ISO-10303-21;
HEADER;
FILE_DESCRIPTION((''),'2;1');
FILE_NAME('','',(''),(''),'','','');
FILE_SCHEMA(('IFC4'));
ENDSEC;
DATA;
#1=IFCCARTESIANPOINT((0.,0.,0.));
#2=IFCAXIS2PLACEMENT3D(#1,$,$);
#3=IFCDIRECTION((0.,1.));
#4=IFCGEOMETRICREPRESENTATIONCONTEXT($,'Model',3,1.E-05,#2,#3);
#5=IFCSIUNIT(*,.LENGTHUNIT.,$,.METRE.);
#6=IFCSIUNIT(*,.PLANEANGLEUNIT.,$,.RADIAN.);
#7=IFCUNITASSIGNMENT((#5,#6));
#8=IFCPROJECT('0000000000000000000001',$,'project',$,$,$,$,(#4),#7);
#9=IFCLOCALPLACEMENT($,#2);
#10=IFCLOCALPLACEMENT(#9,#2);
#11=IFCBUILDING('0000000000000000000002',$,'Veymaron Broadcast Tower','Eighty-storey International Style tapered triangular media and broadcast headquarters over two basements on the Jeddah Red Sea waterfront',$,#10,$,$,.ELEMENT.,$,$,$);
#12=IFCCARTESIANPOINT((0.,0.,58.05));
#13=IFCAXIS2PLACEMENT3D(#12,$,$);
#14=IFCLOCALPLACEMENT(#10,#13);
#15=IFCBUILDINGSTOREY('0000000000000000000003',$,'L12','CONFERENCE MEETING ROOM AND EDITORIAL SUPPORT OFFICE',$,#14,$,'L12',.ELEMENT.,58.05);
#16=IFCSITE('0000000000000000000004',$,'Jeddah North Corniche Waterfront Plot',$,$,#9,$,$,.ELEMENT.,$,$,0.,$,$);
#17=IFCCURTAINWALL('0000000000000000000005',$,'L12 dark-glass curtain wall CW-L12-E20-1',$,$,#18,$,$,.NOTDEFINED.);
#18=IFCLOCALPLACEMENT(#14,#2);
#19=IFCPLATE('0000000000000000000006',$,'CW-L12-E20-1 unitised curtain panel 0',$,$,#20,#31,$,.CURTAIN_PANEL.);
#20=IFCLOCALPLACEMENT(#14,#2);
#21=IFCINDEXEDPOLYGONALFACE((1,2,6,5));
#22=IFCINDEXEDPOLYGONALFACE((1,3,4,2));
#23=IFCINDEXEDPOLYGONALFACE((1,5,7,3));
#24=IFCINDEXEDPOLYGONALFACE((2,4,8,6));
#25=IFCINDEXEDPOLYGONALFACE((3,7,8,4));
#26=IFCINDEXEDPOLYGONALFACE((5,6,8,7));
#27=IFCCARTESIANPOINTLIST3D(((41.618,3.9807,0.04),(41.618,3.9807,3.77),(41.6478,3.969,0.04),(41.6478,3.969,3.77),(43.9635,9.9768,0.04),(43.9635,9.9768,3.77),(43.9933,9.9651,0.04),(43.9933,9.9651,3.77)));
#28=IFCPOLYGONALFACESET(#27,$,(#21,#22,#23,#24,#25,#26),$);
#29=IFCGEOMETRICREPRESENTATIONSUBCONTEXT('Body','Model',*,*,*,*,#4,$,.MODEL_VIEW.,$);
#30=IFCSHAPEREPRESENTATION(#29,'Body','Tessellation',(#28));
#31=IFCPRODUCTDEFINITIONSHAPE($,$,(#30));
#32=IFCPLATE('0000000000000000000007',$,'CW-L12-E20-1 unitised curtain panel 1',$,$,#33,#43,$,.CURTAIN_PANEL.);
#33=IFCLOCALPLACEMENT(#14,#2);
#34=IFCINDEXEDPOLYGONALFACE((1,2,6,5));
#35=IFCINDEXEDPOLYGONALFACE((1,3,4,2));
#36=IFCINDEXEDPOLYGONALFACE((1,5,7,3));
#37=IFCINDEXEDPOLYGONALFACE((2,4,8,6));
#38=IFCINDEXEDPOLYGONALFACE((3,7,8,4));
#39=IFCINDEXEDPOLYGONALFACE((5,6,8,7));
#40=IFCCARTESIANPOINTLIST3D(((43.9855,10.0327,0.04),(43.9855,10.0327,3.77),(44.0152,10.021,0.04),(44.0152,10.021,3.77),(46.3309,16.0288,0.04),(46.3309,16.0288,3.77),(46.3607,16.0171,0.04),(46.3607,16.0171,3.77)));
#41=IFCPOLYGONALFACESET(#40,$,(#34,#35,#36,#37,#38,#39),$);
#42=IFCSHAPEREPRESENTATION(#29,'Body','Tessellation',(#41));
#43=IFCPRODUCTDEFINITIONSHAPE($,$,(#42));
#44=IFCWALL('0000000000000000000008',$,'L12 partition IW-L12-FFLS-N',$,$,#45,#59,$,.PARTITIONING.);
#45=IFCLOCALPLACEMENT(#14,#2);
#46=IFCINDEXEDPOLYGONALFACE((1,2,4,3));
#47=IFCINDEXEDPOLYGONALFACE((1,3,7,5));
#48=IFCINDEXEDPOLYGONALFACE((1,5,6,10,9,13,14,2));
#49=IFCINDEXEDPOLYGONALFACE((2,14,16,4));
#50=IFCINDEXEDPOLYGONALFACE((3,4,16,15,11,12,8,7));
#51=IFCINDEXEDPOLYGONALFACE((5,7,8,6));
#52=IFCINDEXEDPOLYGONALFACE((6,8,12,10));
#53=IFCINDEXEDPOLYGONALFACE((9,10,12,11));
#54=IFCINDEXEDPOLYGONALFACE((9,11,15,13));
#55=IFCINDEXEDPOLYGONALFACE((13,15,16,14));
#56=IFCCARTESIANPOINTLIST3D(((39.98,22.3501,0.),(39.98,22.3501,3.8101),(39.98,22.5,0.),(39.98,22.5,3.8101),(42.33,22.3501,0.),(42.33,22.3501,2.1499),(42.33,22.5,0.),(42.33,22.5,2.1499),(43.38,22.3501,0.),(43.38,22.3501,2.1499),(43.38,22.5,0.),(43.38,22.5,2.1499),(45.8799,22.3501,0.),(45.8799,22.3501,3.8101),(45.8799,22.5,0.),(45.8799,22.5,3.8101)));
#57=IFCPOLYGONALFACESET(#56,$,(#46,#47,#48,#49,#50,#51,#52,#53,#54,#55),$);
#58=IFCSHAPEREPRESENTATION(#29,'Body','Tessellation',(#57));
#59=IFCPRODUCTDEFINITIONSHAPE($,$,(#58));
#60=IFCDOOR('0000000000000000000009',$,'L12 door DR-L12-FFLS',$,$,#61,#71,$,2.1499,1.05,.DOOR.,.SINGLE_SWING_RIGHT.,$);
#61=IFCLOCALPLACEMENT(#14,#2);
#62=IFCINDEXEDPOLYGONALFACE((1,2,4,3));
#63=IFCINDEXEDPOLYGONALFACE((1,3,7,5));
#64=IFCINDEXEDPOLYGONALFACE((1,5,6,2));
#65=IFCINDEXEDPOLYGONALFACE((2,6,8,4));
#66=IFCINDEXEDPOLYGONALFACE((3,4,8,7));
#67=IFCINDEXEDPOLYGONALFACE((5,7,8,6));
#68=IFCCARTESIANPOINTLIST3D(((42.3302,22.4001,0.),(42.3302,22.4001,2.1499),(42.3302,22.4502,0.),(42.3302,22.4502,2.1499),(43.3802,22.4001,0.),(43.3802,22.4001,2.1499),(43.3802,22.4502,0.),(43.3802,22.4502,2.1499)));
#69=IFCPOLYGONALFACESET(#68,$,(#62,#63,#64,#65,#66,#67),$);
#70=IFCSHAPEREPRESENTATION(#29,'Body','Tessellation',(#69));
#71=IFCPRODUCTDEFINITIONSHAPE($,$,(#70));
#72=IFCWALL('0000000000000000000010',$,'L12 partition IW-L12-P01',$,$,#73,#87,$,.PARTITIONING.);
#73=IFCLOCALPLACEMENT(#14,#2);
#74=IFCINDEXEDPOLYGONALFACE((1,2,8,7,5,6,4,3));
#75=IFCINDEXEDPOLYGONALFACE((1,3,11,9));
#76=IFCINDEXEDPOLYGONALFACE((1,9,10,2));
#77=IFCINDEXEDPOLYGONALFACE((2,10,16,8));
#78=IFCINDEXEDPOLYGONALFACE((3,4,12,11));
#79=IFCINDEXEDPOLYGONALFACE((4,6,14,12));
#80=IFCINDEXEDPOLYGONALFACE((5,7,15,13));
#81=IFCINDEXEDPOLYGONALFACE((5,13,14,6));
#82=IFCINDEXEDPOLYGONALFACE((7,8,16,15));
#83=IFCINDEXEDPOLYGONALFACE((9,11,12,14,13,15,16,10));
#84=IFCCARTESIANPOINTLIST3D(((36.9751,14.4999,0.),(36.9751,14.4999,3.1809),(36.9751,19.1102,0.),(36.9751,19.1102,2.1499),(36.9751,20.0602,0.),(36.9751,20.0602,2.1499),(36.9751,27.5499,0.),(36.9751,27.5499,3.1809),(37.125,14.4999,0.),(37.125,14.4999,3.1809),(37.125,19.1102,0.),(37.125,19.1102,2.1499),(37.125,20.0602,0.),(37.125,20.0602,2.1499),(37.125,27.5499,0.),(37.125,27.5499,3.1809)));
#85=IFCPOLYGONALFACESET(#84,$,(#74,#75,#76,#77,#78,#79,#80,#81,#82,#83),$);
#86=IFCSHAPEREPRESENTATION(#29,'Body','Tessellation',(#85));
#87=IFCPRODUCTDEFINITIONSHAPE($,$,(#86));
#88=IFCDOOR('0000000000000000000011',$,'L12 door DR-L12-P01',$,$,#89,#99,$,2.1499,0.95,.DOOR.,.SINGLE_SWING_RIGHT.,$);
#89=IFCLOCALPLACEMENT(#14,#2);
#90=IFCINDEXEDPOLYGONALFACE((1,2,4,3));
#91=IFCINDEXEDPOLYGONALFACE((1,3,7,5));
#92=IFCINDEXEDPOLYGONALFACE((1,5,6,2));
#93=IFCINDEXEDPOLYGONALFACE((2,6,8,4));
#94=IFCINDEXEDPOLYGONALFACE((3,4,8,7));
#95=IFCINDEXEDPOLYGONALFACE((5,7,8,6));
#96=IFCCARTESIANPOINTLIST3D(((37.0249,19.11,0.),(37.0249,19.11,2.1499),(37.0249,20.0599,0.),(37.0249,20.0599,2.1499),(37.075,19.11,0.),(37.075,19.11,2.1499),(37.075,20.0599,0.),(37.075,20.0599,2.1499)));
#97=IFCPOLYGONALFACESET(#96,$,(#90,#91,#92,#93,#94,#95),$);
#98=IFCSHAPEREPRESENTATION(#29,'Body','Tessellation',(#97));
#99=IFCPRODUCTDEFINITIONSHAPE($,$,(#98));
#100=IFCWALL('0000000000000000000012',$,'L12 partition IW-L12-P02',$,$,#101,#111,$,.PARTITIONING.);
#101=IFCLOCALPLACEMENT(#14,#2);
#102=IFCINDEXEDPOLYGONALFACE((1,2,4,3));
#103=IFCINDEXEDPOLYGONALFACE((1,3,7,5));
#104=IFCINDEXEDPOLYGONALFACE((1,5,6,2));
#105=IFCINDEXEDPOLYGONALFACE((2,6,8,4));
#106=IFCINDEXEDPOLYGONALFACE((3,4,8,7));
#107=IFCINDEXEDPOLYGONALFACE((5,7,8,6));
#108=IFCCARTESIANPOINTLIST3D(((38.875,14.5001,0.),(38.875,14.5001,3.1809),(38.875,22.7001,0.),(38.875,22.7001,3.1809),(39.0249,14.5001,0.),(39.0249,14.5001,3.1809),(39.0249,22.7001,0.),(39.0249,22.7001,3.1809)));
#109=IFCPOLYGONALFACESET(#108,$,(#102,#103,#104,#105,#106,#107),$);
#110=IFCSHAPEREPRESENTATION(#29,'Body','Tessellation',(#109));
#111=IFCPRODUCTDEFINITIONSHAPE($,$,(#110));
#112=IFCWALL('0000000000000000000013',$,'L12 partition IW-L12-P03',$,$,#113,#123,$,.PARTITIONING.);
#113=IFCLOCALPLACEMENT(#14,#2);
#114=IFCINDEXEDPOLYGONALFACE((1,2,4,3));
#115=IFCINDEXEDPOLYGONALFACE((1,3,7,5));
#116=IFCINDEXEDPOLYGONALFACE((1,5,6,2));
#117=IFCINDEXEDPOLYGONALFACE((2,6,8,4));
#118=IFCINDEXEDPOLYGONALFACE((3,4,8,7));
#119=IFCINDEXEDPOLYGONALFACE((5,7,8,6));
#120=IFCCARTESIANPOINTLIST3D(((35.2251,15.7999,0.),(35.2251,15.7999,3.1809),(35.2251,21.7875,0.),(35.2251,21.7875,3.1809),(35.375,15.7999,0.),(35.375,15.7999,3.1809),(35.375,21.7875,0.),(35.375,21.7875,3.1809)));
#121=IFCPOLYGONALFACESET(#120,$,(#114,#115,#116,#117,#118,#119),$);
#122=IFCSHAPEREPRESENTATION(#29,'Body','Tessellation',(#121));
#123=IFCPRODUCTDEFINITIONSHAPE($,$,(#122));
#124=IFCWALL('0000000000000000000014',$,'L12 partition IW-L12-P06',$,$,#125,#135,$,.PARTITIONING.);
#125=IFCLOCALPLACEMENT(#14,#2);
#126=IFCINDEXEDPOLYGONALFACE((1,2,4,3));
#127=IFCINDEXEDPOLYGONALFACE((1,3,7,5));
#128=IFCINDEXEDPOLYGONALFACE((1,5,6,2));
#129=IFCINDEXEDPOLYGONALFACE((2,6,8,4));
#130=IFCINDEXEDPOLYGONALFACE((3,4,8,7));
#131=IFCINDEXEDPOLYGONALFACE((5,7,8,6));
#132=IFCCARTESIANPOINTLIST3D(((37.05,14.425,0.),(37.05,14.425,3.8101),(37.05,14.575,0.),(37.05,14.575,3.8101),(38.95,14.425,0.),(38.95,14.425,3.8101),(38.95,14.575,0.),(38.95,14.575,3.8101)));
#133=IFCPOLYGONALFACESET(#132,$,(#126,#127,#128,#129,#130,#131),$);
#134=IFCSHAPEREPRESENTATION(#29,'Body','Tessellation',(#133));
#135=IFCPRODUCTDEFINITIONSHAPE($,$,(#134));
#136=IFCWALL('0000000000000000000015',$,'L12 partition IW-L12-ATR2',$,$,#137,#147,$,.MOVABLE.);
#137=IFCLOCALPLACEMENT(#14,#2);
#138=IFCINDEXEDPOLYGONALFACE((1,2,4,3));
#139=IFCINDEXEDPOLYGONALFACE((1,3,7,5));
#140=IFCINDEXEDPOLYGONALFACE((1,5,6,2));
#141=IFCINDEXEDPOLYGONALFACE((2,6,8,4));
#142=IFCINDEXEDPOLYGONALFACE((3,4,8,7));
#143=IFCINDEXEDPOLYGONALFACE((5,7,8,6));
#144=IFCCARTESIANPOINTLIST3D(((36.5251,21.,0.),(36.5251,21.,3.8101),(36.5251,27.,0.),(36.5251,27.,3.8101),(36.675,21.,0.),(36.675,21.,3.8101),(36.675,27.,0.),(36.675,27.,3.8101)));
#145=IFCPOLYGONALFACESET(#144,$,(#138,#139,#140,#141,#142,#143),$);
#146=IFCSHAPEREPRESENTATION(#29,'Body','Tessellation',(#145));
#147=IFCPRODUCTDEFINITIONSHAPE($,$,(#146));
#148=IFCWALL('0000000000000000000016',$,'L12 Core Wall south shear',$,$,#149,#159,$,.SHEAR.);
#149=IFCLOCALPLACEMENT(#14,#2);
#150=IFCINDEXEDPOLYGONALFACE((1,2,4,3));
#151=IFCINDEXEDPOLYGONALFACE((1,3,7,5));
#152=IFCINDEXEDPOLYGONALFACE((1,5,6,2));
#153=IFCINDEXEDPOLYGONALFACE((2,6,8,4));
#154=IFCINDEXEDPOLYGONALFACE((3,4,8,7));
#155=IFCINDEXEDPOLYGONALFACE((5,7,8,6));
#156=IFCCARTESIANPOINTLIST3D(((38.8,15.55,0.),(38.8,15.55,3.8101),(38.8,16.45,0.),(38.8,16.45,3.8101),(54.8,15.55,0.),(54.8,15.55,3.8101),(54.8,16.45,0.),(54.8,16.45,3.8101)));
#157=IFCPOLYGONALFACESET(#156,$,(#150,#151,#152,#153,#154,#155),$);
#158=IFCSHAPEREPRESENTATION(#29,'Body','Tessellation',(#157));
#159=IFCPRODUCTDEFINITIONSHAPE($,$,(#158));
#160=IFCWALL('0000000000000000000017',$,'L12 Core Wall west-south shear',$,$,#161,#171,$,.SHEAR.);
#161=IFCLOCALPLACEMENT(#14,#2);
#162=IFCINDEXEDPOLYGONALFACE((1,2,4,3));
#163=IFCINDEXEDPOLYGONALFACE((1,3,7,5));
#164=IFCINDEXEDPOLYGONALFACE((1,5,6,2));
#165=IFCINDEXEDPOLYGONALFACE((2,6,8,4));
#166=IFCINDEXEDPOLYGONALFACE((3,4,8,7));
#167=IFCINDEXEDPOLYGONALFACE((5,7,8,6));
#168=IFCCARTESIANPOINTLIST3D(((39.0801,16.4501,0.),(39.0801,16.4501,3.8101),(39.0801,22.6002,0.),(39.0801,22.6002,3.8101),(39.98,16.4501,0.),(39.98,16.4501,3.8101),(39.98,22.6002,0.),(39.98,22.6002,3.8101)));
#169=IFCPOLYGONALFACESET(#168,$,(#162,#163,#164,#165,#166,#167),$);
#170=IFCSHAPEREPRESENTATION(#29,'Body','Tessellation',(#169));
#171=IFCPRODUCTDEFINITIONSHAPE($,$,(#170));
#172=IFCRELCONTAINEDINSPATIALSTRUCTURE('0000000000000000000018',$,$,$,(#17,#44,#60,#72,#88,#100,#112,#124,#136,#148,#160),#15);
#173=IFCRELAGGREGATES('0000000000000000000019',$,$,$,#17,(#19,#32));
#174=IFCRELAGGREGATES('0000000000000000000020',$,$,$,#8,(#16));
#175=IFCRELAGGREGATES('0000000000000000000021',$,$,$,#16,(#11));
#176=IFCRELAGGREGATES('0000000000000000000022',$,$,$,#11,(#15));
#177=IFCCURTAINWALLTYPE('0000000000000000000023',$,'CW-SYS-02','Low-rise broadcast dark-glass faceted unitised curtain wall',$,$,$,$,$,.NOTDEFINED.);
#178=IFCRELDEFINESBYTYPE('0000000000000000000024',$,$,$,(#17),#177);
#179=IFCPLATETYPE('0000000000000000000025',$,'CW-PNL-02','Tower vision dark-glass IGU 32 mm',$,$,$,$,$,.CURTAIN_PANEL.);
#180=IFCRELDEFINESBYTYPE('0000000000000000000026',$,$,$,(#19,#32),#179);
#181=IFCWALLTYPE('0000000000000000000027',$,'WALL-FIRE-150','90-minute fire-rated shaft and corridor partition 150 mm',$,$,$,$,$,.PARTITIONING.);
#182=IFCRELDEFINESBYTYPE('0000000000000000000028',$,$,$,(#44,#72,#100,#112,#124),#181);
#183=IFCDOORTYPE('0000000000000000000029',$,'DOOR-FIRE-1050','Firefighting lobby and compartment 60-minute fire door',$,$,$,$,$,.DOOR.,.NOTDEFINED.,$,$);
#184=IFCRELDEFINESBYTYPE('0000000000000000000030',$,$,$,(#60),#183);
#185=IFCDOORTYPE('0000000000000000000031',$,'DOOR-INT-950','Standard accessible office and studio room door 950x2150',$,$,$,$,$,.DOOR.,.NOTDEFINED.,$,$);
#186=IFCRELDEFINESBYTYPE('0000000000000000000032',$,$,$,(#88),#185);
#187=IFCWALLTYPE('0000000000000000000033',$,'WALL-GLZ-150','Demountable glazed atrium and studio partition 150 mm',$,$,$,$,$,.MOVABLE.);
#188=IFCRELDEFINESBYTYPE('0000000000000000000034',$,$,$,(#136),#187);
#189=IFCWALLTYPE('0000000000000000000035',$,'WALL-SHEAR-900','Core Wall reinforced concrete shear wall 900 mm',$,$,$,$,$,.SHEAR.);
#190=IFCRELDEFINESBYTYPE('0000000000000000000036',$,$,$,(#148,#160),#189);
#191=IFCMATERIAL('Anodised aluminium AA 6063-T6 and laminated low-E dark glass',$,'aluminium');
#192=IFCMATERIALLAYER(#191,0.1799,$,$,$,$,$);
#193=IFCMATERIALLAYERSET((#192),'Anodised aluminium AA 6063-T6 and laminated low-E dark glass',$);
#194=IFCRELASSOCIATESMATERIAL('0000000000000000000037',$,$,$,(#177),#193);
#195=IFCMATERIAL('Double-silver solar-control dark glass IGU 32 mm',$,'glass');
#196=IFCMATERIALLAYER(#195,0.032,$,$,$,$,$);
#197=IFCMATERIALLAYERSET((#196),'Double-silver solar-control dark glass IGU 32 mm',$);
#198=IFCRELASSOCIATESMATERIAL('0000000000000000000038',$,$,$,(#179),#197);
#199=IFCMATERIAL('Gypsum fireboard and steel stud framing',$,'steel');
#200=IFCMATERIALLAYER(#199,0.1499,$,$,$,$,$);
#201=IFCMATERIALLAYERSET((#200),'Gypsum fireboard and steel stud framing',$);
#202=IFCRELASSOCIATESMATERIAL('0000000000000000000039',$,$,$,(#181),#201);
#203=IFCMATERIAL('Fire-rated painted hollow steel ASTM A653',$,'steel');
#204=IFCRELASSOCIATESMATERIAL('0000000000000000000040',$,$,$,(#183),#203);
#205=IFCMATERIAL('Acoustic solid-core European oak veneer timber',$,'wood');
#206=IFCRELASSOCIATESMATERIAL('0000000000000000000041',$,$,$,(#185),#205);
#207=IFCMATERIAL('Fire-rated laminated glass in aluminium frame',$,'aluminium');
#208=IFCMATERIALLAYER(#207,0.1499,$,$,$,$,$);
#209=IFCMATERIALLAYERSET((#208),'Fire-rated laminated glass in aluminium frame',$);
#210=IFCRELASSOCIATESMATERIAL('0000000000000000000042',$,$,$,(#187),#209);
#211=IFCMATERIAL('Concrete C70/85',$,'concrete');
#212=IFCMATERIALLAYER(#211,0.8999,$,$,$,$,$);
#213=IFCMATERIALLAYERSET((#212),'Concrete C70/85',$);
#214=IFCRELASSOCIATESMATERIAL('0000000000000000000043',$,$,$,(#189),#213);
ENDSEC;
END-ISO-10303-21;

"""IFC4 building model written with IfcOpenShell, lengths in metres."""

from ifc_helpers import new_model, si_unit, direction, frame, frame_2d, origin, origin_2d, place, context, subcontext, project, spatial, rectangle, extrude, material, layer, layer_set, type_object, element, fill, aggregate, save


model = new_model("IFC4")

# Units and contexts
model_context = context("Model", 3, precision=1e-05, world=origin(), true_north=direction((0.0, 1.0)))
body_context = subcontext(model_context, "Body", "Model", "MODEL_VIEW")
ifc_project = project(units=[si_unit("LENGTHUNIT", "METRE"), si_unit("PLANEANGLEUNIT", "RADIAN")], contexts=[model_context])

# Site, building, storey
site_placement = place(None, origin())
site = spatial("IfcSite", under=ifc_project, at=site_placement, Name="Jeddah North Corniche Waterfront Plot", CompositionType="ELEMENT", RefElevation=0.0)
building_placement = place(site_placement, origin())
building = spatial("IfcBuilding", under=site, at=building_placement, Name="Veymaron Broadcast Tower", Description="Eighty-storey International Style tapered triangular media and broadcast headquarters over two basements on the Jeddah Red Sea waterfront", CompositionType="ELEMENT")
storey_placement = place(building_placement, frame((0.0, 0.0, 58.05)))
storey = spatial("IfcBuildingStorey", under=building, at=storey_placement, Name="L12", Description="CONFERENCE MEETING ROOM AND EDITORIAL SUPPORT OFFICE", LongName="L12", CompositionType="ELEMENT", Elevation=58.05)

# Shared definitions
ifc_material_1 = material(Name="Concrete C70/85", Category="concrete")

# Curtain wall, plates
ifc_material_2 = material(Name="Anodised aluminium AA 6063-T6 and laminated low-E dark glass", Category="aluminium")
ifc_layer_1 = layer(ifc_material_2, 0.1799)
ifc_layer_set_1 = layer_set([ifc_layer_1], Name="Anodised aluminium AA 6063-T6 and laminated low-E dark glass")
curtain_wall_type = type_object("IfcCurtainWallType", Name="CW-SYS-02", Description="Low-rise broadcast dark-glass faceted unitised curtain wall", PredefinedType="NOTDEFINED", material=ifc_layer_set_1)
curtain_wall_placement = place(storey_placement, origin())
curtain_wall = element("IfcCurtainWall", 1, at=curtain_wall_placement, inside=storey, type_object=curtain_wall_type, Name="L12 dark-glass curtain wall CW-L12-E20-1", PredefinedType="NOTDEFINED")
ifc_material_3 = material(Name="Double-silver solar-control dark glass IGU 32 mm", Category="glass")
ifc_layer_2 = layer(ifc_material_3, 0.032)
ifc_layer_set_2 = layer_set([ifc_layer_2], Name="Double-silver solar-control dark glass IGU 32 mm")
plate_type = type_object("IfcPlateType", Name="CW-PNL-02", Description="Tower vision dark-glass IGU 32 mm", PredefinedType="CURTAIN_PANEL", material=ifc_layer_set_2)
plate_1_placement = place(storey_placement, frame((42.8057, 6.9729, 0.04), z_axis=(0.0, 0.0, 1.0), x_axis=(0.364292, 0.931285, 0.0)))
plate_1 = element("IfcPlate", 2, at=plate_1_placement, type_object=plate_type, Name="CW-L12-E20-1 unitised curtain panel 0", PredefinedType="CURTAIN_PANEL", context=body_context, shape_type="SweptSolid", body=[
    extrude(rectangle(XDim=6.4385, YDim=0.032, at=origin_2d()), origin(), (0.0, 0.0, 1.0), 3.73),
])
plate_2_placement = place(storey_placement, frame((45.1731, 13.0249, 0.04), z_axis=(0.0, 0.0, 1.0), x_axis=(0.364292, 0.931285, 0.0)))
plate_2 = element("IfcPlate", 3, at=plate_2_placement, type_object=plate_type, Name="CW-L12-E20-1 unitised curtain panel 1", PredefinedType="CURTAIN_PANEL", context=body_context, shape_type="SweptSolid", body=[
    extrude(rectangle(XDim=6.4385, YDim=0.032, at=origin_2d()), origin(), (0.0, 0.0, 1.0), 3.73),
])
aggregate(curtain_wall, [plate_1, plate_2])

# Walls, openings, doors
ifc_material_4 = material(Name="Gypsum fireboard and steel stud framing", Category="steel")
ifc_layer_3 = layer(ifc_material_4, 0.1499)
ifc_layer_set_3 = layer_set([ifc_layer_3], Name="Gypsum fireboard and steel stud framing")
wall_type_1 = type_object("IfcWallType", Name="WALL-FIRE-150", Description="90-minute fire-rated shaft and corridor partition 150 mm", PredefinedType="PARTITIONING", material=ifc_layer_set_3)
wall_1_placement = place(storey_placement, frame((39.98, 22.425, 0.0), z_axis=(0.0, 0.0, 1.0), x_axis=(1.0, 0.0, 0.0)))
wall_1 = element("IfcWall", 4, at=wall_1_placement, inside=storey, type_object=wall_type_1, Name="L12 partition IW-L12-FFLS-N", PredefinedType="PARTITIONING", context=body_context, shape_type="SweptSolid", body=[
    extrude(rectangle(XDim=5.8999, YDim=0.1499, at=frame_2d((2.95, 0.0))), origin(), (0.0, 0.0, 1.0), 3.8101),
])
opening_1_placement = place(wall_1_placement, frame((2.3501, 0.0, 0.0)))
opening_1 = element("IfcOpeningElement", 5, at=opening_1_placement, cuts=wall_1, PredefinedType="OPENING", context=body_context, shape_type="SweptSolid", body=[
    extrude(rectangle(XDim=1.05, YDim=2.1499, at=frame_2d((0.5249, 1.075))), frame((0.0, 0.085, 0.0), z_axis=(0.0, -1.0, 0.0), x_axis=(1.0, 0.0, 0.0)), (0.0, 0.0, 1.0), 0.1699),
])
ifc_material_5 = material(Name="Fire-rated painted hollow steel ASTM A653", Category="steel")
door_type_1 = type_object("IfcDoorType", Name="DOOR-FIRE-1050", Description="Firefighting lobby and compartment 60-minute fire door", OperationType="NOTDEFINED", PredefinedType="DOOR", material=ifc_material_5)
door_1_placement = place(opening_1_placement, frame((1.05, 0.0, 0.0), z_axis=(0.0, 0.0, 1.0), x_axis=(-1.0, 0.0, 0.0)))
door_1 = element("IfcDoor", 6, at=door_1_placement, inside=storey, type_object=door_type_1, Name="L12 door DR-L12-FFLS", OperationType="SINGLE_SWING_RIGHT", OverallHeight=2.1499, OverallWidth=1.05, PredefinedType="DOOR", context=body_context, shape_type="SweptSolid", body=[
    extrude(rectangle(XDim=1.05, YDim=2.1499, at=frame_2d((0.5249, 1.075))), frame((0.0, 0.0249, 0.0), z_axis=(0.0, -1.0, 0.0), x_axis=(1.0, 0.0, 0.0)), (0.0, 0.0, 1.0), 0.05),
])
fill(opening_1, door_1)
wall_2_placement = place(storey_placement, frame((37.05, 14.5, 0.0), z_axis=(0.0, 0.0, 1.0), x_axis=(0.0, 1.0, 0.0)))
wall_2 = element("IfcWall", 7, at=wall_2_placement, inside=storey, type_object=wall_type_1, Name="L12 partition IW-L12-P01", PredefinedType="PARTITIONING", context=body_context, shape_type="SweptSolid", body=[
    extrude(rectangle(XDim=13.05, YDim=0.1499, at=frame_2d((6.5249, 0.0))), origin(), (0.0, 0.0, 1.0), 3.1809),
])
opening_2_placement = place(wall_2_placement, frame((4.6101, 0.0, 0.0)))
opening_2 = element("IfcOpeningElement", 8, at=opening_2_placement, cuts=wall_2, PredefinedType="OPENING", context=body_context, shape_type="SweptSolid", body=[
    extrude(rectangle(XDim=0.95, YDim=2.1499, at=frame_2d((0.4751, 1.075))), frame((0.0, 0.085, 0.0), z_axis=(0.0, -1.0, 0.0), x_axis=(1.0, 0.0, 0.0)), (0.0, 0.0, 1.0), 0.1699),
])
ifc_material_6 = material(Name="Acoustic solid-core European oak veneer timber", Category="wood")
door_type_2 = type_object("IfcDoorType", Name="DOOR-INT-950", Description="Standard accessible office and studio room door 950x2150", OperationType="NOTDEFINED", PredefinedType="DOOR", material=ifc_material_6)
door_2_placement = place(opening_2_placement, frame((0.95, 0.0, 0.0), z_axis=(0.0, 0.0, 1.0), x_axis=(-1.0, 0.0, 0.0)))
door_2 = element("IfcDoor", 9, at=door_2_placement, inside=storey, type_object=door_type_2, Name="L12 door DR-L12-P01", OperationType="SINGLE_SWING_RIGHT", OverallHeight=2.1499, OverallWidth=0.95, PredefinedType="DOOR", context=body_context, shape_type="SweptSolid", body=[
    extrude(rectangle(XDim=0.95, YDim=2.1499, at=frame_2d((0.4751, 1.075))), frame((0.0, 0.0249, 0.0), z_axis=(0.0, -1.0, 0.0), x_axis=(1.0, 0.0, 0.0)), (0.0, 0.0, 1.0), 0.05),
])
fill(opening_2, door_2)

# Walls
wall_3_placement = place(storey_placement, frame((38.95, 14.5, 0.0), z_axis=(0.0, 0.0, 1.0), x_axis=(0.0, 1.0, 0.0)))
element("IfcWall", 10, at=wall_3_placement, inside=storey, type_object=wall_type_1, Name="L12 partition IW-L12-P02", PredefinedType="PARTITIONING", context=body_context, shape_type="SweptSolid", body=[
    extrude(rectangle(XDim=8.2, YDim=0.1499, at=frame_2d((4.1001, 0.0))), origin(), (0.0, 0.0, 1.0), 3.1809),
])
wall_4_placement = place(storey_placement, frame((35.3, 15.8, 0.0), z_axis=(0.0, 0.0, 1.0), x_axis=(0.0, 1.0, 0.0)))
element("IfcWall", 11, at=wall_4_placement, inside=storey, type_object=wall_type_1, Name="L12 partition IW-L12-P03", PredefinedType="PARTITIONING", context=body_context, shape_type="SweptSolid", body=[
    extrude(rectangle(XDim=5.9875, YDim=0.1499, at=frame_2d((2.9937, 0.0))), origin(), (0.0, 0.0, 1.0), 3.1809),
])
wall_5_placement = place(storey_placement, frame((37.05, 14.5, 0.0), z_axis=(0.0, 0.0, 1.0), x_axis=(1.0, 0.0, 0.0)))
element("IfcWall", 12, at=wall_5_placement, inside=storey, type_object=wall_type_1, Name="L12 partition IW-L12-P06", PredefinedType="PARTITIONING", context=body_context, shape_type="SweptSolid", body=[
    extrude(rectangle(XDim=1.8999, YDim=0.1499, at=frame_2d((0.95, 0.0))), origin(), (0.0, 0.0, 1.0), 3.8101),
])
ifc_material_7 = material(Name="Fire-rated laminated glass in aluminium frame", Category="aluminium")
ifc_layer_4 = layer(ifc_material_7, 0.1499)
ifc_layer_set_4 = layer_set([ifc_layer_4], Name="Fire-rated laminated glass in aluminium frame")
wall_type_2 = type_object("IfcWallType", Name="WALL-GLZ-150", Description="Demountable glazed atrium and studio partition 150 mm", PredefinedType="MOVABLE", material=ifc_layer_set_4)
wall_6_placement = place(storey_placement, frame((36.6001, 21.0, 0.0), z_axis=(0.0, 0.0, 1.0), x_axis=(0.0, 1.0, 0.0)))
element("IfcWall", 13, at=wall_6_placement, inside=storey, type_object=wall_type_2, Name="L12 partition IW-L12-ATR2", PredefinedType="MOVABLE", context=body_context, shape_type="SweptSolid", body=[
    extrude(rectangle(XDim=6.0, YDim=0.1499, at=frame_2d((3.0, 0.0))), origin(), (0.0, 0.0, 1.0), 3.8101),
])

# Walls
ifc_layer_5 = layer(ifc_material_1, 0.8999)
ifc_layer_set_5 = layer_set([ifc_layer_5], Name="Concrete C70/85")
wall_type_3 = type_object("IfcWallType", Name="WALL-SHEAR-900", Description="Core Wall reinforced concrete shear wall 900 mm", PredefinedType="SHEAR", material=ifc_layer_set_5)
wall_7_placement = place(storey_placement, frame((38.8, 16.0, 0.0), z_axis=(0.0, 0.0, 1.0), x_axis=(1.0, 0.0, 0.0)))
element("IfcWall", 14, at=wall_7_placement, inside=storey, type_object=wall_type_3, Name="L12 Core Wall south shear", PredefinedType="SHEAR", context=body_context, shape_type="SweptSolid", body=[
    extrude(rectangle(XDim=16.0, YDim=0.8999, at=frame_2d((8.0, 0.0))), origin(), (0.0, 0.0, 1.0), 3.8101),
])
wall_8_placement = place(storey_placement, frame((39.53, 16.45, 0.0), z_axis=(0.0, 0.0, 1.0), x_axis=(0.0, 1.0, 0.0)))
element("IfcWall", 15, at=wall_8_placement, inside=storey, type_object=wall_type_3, Name="L12 Core Wall west-south shear", PredefinedType="SHEAR", context=body_context, shape_type="SweptSolid", body=[
    extrude(rectangle(XDim=6.1501, YDim=0.8999, at=frame_2d((3.0752, 0.0))), origin(), (0.0, 0.0, 1.0), 3.8101),
])

save(model, "model.ifc")
